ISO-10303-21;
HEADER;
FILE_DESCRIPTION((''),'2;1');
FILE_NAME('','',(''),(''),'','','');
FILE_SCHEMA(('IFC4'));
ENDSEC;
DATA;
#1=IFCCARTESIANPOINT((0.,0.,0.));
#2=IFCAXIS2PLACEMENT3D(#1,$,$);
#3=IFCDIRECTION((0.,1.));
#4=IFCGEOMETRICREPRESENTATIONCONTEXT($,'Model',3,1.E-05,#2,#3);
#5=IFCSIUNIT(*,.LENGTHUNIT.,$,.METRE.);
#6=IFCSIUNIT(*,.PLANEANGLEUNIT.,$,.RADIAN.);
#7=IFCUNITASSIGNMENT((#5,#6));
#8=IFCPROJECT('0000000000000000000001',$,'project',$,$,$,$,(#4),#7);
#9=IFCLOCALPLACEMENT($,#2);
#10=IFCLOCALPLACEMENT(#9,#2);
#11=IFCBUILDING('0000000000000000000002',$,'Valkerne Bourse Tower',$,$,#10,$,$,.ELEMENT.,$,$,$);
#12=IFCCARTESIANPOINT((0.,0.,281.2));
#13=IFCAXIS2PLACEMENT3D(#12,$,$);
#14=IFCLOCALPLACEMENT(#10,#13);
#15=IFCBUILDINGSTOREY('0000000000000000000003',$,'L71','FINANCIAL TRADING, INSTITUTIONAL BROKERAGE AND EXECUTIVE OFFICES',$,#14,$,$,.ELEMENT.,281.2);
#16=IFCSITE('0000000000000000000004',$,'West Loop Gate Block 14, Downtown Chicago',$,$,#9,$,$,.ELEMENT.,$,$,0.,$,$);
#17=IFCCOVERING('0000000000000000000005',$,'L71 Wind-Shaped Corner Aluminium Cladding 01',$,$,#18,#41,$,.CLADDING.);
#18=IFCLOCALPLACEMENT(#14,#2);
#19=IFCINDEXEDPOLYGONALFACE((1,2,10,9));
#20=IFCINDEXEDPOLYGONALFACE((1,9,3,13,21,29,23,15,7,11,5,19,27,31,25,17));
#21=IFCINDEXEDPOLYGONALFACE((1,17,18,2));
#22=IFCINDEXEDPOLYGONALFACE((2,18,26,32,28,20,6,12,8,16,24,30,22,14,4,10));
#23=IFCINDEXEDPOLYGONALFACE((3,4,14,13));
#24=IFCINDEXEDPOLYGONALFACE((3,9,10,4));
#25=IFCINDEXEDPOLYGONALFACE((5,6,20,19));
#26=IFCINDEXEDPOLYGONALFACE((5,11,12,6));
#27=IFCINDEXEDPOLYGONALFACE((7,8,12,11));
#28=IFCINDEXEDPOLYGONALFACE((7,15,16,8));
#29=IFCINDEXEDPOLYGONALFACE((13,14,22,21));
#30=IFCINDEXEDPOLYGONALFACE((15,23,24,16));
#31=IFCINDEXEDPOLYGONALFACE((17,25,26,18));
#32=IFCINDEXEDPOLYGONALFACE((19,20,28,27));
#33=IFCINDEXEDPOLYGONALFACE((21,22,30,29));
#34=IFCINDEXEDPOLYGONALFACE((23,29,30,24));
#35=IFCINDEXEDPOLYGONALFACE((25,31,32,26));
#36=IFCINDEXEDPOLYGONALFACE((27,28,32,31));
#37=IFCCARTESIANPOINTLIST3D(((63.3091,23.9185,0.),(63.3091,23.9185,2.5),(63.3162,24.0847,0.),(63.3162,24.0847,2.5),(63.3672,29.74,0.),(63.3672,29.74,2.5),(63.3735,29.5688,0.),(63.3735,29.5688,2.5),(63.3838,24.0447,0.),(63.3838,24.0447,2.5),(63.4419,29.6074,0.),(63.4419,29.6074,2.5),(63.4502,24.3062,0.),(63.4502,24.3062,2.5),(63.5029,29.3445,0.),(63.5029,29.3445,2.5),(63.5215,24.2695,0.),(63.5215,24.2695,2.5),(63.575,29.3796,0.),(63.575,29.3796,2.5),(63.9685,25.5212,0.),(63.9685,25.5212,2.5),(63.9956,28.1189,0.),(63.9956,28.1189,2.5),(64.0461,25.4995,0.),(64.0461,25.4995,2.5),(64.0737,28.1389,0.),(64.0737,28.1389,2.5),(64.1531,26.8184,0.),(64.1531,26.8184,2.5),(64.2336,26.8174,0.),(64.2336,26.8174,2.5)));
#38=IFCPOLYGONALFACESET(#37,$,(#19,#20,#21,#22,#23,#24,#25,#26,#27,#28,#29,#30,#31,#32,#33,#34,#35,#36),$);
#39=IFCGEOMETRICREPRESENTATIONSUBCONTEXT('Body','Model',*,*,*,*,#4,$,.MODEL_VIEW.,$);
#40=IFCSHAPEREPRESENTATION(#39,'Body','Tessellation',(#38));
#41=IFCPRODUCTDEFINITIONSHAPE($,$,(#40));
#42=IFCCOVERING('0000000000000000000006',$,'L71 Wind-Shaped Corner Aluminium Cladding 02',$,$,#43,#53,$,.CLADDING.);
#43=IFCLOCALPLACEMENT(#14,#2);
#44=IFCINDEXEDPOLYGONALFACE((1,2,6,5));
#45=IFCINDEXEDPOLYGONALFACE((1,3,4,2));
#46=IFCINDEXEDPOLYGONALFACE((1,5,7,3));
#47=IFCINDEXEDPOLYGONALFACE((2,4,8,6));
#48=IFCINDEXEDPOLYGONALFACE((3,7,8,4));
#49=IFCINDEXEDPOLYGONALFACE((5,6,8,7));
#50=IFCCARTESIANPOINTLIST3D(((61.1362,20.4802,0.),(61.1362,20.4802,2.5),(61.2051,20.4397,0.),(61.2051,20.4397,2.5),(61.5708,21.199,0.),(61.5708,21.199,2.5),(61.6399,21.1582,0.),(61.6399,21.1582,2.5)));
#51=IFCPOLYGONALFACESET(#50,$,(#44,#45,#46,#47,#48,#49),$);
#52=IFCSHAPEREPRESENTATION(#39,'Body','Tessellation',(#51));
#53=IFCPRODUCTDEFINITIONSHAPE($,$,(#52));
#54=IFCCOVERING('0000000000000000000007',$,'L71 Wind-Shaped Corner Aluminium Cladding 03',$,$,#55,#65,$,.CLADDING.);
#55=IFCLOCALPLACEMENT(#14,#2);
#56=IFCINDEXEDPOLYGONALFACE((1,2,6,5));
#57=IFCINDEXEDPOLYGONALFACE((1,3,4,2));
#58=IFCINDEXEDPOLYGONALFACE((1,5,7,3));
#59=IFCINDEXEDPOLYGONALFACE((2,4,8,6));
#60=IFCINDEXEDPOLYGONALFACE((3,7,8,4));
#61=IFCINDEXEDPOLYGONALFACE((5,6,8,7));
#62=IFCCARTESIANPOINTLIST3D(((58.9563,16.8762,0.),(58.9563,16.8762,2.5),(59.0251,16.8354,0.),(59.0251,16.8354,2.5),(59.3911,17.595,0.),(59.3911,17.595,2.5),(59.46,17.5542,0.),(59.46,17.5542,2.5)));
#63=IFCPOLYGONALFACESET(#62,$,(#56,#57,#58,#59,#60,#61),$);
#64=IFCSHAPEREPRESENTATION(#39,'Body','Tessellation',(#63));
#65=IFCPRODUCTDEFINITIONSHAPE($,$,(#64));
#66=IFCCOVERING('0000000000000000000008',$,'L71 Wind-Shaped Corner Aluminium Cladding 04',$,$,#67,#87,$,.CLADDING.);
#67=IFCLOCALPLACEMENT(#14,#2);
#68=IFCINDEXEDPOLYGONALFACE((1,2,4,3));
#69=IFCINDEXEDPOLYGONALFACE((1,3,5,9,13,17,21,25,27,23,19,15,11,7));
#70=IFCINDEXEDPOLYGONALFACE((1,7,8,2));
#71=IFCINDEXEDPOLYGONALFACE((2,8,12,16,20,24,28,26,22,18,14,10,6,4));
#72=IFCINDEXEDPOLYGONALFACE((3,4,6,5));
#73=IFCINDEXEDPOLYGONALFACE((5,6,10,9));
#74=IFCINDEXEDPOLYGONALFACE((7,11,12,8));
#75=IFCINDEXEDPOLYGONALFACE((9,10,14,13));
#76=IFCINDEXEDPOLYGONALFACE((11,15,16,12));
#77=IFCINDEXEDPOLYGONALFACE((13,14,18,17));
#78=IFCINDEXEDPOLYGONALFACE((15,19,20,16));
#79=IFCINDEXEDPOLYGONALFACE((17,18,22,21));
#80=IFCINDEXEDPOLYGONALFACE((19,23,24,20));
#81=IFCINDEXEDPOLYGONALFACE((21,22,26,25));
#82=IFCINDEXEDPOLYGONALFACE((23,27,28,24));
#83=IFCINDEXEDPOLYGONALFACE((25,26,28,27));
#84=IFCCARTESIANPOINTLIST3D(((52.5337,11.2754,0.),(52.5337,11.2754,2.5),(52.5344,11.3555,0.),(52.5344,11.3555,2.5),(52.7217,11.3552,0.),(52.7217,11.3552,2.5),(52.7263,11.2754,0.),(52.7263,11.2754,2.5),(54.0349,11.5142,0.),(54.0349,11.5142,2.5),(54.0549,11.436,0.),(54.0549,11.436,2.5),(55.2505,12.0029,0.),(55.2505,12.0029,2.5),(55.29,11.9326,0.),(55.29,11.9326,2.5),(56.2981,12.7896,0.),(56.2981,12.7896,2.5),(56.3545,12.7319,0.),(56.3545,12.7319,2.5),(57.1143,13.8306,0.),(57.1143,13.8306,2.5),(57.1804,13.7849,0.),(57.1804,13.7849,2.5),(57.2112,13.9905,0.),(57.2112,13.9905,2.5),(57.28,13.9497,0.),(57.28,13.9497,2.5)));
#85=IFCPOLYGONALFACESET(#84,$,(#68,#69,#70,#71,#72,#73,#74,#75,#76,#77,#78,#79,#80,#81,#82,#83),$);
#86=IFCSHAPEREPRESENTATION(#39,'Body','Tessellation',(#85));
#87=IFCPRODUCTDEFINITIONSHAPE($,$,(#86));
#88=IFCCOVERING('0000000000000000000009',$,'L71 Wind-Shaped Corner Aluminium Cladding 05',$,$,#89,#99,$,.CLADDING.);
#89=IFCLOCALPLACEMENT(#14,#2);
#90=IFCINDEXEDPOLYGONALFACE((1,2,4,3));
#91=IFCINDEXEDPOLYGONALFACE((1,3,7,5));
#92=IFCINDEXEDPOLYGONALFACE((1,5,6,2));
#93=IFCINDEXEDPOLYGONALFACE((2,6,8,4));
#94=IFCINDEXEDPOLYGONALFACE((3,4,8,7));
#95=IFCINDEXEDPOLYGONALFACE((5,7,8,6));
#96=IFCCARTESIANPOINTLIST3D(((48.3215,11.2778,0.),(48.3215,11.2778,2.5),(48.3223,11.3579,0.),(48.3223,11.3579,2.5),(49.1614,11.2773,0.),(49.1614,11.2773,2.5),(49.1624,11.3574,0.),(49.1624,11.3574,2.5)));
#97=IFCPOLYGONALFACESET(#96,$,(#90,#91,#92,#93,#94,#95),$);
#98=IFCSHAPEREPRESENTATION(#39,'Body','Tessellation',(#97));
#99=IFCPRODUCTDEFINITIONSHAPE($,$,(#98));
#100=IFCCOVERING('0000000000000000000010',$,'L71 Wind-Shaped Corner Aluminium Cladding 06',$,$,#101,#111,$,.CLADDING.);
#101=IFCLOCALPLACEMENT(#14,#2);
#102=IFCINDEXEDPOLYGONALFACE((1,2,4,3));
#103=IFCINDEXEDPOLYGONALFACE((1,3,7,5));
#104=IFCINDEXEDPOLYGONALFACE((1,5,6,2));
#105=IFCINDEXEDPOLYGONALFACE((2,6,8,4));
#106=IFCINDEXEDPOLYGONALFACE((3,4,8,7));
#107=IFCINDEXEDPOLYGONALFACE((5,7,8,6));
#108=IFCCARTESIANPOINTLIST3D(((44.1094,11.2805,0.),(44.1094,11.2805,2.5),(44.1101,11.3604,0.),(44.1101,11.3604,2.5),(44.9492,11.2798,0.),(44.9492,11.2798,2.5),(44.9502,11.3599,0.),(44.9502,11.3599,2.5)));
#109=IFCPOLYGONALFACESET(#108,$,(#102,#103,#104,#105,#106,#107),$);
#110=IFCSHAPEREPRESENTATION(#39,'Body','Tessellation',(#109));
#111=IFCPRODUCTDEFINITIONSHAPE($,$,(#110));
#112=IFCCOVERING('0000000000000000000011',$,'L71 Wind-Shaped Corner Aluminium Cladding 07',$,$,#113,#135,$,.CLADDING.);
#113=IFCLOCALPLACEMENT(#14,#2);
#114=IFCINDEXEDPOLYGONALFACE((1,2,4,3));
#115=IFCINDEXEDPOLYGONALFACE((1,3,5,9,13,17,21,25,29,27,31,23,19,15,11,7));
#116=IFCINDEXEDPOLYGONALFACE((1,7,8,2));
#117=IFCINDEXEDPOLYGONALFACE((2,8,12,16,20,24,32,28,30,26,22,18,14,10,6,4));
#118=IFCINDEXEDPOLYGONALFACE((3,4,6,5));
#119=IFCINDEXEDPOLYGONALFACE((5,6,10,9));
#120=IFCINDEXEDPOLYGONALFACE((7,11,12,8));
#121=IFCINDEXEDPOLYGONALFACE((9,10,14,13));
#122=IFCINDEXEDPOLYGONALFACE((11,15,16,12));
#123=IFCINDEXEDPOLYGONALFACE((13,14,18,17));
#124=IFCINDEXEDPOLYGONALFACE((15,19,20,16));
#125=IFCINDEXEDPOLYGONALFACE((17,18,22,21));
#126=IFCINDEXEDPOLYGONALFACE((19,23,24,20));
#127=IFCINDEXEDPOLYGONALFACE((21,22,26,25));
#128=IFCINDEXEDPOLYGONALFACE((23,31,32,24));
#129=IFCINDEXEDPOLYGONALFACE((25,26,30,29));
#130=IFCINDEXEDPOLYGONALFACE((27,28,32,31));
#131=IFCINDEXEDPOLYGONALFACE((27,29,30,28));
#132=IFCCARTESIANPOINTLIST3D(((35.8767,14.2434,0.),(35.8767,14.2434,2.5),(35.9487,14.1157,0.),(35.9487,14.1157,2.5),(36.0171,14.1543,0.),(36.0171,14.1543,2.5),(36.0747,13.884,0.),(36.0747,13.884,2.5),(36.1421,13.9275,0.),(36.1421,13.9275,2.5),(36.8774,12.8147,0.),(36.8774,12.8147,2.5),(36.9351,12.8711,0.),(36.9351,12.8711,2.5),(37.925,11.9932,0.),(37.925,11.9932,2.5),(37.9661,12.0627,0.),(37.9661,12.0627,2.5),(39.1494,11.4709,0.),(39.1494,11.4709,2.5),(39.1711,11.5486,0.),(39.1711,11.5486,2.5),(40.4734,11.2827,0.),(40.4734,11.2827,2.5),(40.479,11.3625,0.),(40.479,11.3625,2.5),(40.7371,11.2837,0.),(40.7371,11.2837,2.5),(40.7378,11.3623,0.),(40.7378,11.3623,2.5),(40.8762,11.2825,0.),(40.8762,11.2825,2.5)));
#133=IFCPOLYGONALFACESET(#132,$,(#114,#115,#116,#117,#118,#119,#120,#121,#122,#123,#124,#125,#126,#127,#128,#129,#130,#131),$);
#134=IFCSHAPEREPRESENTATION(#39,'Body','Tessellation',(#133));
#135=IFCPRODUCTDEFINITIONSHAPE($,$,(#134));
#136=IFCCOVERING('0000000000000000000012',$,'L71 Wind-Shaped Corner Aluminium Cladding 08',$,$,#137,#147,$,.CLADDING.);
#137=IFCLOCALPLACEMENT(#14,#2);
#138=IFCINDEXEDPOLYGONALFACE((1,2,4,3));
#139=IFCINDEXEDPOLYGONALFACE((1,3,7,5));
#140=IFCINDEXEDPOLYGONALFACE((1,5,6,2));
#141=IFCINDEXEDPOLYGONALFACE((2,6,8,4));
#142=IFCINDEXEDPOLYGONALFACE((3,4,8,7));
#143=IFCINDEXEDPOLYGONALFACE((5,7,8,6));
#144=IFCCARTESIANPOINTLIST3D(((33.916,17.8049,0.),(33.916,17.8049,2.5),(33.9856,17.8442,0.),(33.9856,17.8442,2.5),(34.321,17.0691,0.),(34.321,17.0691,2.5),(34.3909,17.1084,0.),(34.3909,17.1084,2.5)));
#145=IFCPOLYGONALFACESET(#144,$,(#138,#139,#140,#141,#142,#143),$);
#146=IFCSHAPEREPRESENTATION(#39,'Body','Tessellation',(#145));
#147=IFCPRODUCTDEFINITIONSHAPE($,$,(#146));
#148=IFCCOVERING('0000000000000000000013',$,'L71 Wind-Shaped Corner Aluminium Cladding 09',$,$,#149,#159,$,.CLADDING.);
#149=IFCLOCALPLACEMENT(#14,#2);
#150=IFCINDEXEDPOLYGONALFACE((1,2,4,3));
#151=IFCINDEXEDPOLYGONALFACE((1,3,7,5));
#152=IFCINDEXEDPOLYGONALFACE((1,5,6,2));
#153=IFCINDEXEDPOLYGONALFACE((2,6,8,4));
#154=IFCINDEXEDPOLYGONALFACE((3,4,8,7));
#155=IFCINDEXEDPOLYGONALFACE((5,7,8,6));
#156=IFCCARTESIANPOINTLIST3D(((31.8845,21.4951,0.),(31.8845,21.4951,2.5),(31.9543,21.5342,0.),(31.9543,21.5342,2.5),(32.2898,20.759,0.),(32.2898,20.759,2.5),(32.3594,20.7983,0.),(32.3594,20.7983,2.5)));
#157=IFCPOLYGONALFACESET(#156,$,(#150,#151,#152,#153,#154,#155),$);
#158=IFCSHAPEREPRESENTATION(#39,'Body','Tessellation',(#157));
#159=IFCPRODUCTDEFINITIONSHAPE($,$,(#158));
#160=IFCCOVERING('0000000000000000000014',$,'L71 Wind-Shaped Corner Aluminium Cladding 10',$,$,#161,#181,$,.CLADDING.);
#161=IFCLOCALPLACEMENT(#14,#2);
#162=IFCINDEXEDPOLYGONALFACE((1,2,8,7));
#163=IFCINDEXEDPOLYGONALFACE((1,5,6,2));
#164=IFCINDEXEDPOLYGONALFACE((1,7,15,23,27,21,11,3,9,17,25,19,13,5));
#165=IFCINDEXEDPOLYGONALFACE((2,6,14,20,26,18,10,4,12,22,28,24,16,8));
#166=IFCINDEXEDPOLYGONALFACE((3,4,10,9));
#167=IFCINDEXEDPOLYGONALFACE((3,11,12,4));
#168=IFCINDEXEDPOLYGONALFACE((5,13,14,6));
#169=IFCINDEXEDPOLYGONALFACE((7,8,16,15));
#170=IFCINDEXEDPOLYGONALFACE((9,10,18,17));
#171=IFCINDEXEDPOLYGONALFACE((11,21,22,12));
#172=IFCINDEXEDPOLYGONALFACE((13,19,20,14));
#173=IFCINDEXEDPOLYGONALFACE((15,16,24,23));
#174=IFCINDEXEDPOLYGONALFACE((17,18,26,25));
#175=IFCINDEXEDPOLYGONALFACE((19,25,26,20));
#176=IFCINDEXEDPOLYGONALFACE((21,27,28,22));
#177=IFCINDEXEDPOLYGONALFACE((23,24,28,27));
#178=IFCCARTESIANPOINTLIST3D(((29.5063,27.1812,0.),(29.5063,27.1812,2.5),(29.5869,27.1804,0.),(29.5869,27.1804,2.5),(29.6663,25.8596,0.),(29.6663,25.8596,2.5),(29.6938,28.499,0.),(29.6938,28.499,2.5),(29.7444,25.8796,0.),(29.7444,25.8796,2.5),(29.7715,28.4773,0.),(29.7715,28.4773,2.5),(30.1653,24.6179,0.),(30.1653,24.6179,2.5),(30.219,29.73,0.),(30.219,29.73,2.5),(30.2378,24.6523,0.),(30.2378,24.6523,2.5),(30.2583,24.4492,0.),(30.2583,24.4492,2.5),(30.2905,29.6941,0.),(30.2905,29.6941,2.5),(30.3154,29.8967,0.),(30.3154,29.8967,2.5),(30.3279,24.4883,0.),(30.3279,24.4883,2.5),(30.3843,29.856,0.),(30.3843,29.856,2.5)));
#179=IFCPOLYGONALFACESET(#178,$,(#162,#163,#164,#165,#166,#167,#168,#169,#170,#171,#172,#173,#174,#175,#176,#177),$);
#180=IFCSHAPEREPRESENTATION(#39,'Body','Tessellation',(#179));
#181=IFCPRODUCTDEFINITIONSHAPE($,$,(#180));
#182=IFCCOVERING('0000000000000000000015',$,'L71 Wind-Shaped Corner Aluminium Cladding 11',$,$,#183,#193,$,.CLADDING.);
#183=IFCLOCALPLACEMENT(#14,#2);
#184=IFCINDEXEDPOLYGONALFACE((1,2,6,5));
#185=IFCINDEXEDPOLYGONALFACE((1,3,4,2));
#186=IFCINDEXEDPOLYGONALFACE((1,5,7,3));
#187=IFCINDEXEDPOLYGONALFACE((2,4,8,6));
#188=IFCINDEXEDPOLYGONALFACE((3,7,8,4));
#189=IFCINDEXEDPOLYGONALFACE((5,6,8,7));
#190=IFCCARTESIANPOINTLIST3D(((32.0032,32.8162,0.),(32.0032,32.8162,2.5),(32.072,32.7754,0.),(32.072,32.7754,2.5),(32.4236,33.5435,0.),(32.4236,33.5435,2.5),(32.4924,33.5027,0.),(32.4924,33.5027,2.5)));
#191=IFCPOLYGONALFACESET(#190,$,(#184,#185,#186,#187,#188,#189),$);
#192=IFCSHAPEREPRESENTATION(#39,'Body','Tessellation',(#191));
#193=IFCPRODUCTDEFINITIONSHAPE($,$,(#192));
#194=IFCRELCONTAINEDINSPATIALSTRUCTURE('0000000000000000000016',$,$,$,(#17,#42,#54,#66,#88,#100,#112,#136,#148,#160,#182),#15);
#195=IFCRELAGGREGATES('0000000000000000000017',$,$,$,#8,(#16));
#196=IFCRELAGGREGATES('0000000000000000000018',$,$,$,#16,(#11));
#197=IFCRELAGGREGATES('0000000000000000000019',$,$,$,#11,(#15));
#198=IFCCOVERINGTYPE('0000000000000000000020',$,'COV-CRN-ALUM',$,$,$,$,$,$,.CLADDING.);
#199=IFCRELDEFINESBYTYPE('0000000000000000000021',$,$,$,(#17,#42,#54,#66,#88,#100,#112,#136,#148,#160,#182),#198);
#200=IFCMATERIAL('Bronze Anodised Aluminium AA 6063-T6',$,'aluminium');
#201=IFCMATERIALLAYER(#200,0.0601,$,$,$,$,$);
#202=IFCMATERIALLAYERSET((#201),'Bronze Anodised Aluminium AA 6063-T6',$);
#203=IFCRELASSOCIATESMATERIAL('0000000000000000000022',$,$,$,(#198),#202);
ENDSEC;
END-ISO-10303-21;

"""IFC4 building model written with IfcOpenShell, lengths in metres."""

from ifc_helpers import new_model, si_unit, direction, frame, origin, place, context, subcontext, project, spatial, polyline, outline, extrude, material, layer, layer_set, type_object, element, save


model = new_model("IFC4")

# Units and contexts
model_context = context("Model", 3, precision=1e-05, world=origin(), true_north=direction((0.0, 1.0)))
body_context = subcontext(model_context, "Body", "Model", "MODEL_VIEW")
ifc_project = project(units=[si_unit("LENGTHUNIT", "METRE"), si_unit("PLANEANGLEUNIT", "RADIAN")], contexts=[model_context])

# Site, building, storey
site_placement = place(None, origin())
site = spatial("IfcSite", under=ifc_project, at=site_placement, Name="West Loop Gate Block 14, Downtown Chicago", CompositionType="ELEMENT", RefElevation=0.0)
building_placement = place(site_placement, origin())
building = spatial("IfcBuilding", under=site, at=building_placement, Name="Valkerne Bourse Tower", CompositionType="ELEMENT")
storey_placement = place(building_placement, frame((0.0, 0.0, 281.2)))
storey = spatial("IfcBuildingStorey", under=building, at=storey_placement, Name="L71", Description="FINANCIAL TRADING, INSTITUTIONAL BROKERAGE AND EXECUTIVE OFFICES", CompositionType="ELEMENT", Elevation=281.2)

# Coverings
ifc_material_1 = material(Name="Bronze Anodised Aluminium AA 6063-T6", Category="aluminium")
ifc_layer_1 = layer(ifc_material_1, 0.0601)
ifc_layer_set_1 = layer_set([ifc_layer_1], Name="Bronze Anodised Aluminium AA 6063-T6")
covering_type = type_object("IfcCoveringType", Name="COV-CRN-ALUM", PredefinedType="CLADDING", material=ifc_layer_set_1)
covering_1_placement = place(storey_placement, origin())
element("IfcCovering", 1, at=covering_1_placement, inside=storey, type_object=covering_type, Name="L71 Wind-Shaped Corner Aluminium Cladding 01", PredefinedType="CLADDING", context=body_context, shape_type="SweptSolid", body=[
    extrude(outline(polyline([(64.0737, 28.1389), (64.2336, 26.8174), (64.0461, 25.4995), (63.5215, 24.2695), (63.3091, 23.9185), (63.3838, 24.0447), (63.3162, 24.0847), (63.4502, 24.3062), (63.9685, 25.5212), (64.1531, 26.8184), (63.9956, 28.1189), (63.5029, 29.3445), (63.3735, 29.5688), (63.4419, 29.6074), (63.3672, 29.74), (63.575, 29.3796), (64.0737, 28.1389)])), origin(), (0.0, 0.0, 1.0), 2.5),
])
covering_2_placement = place(storey_placement, origin())
element("IfcCovering", 2, at=covering_2_placement, inside=storey, type_object=covering_type, Name="L71 Wind-Shaped Corner Aluminium Cladding 02", PredefinedType="CLADDING", context=body_context, shape_type="SweptSolid", body=[
    extrude(outline(polyline([(61.2051, 20.4397), (61.1362, 20.4802), (61.5708, 21.199), (61.6399, 21.1582), (61.2051, 20.4397)])), origin(), (0.0, 0.0, 1.0), 2.5),
])
covering_3_placement = place(storey_placement, origin())
element("IfcCovering", 3, at=covering_3_placement, inside=storey, type_object=covering_type, Name="L71 Wind-Shaped Corner Aluminium Cladding 03", PredefinedType="CLADDING", context=body_context, shape_type="SweptSolid", body=[
    extrude(outline(polyline([(59.0251, 16.8354), (58.9563, 16.8762), (59.3911, 17.595), (59.46, 17.5542), (59.0251, 16.8354)])), origin(), (0.0, 0.0, 1.0), 2.5),
])
covering_4_placement = place(storey_placement, origin())
element("IfcCovering", 4, at=covering_4_placement, inside=storey, type_object=covering_type, Name="L71 Wind-Shaped Corner Aluminium Cladding 04", PredefinedType="CLADDING", context=body_context, shape_type="SweptSolid", body=[
    extrude(outline(polyline([(57.1804, 13.7849), (56.3545, 12.7319), (55.29, 11.9326), (54.0549, 11.436), (52.7263, 11.2754), (52.5337, 11.2754), (52.5344, 11.3555), (52.7217, 11.3552), (54.0349, 11.5142), (55.2505, 12.0029), (56.2981, 12.7896), (57.1143, 13.8306), (57.2112, 13.9905), (57.28, 13.9497), (57.1804, 13.7849)])), origin(), (0.0, 0.0, 1.0), 2.5),
])
covering_5_placement = place(storey_placement, origin())
element("IfcCovering", 5, at=covering_5_placement, inside=storey, type_object=covering_type, Name="L71 Wind-Shaped Corner Aluminium Cladding 05", PredefinedType="CLADDING", context=body_context, shape_type="SweptSolid", body=[
    extrude(outline(polyline([(48.3215, 11.2778), (48.3223, 11.3579), (49.1624, 11.3574), (49.1614, 11.2773), (48.3215, 11.2778)])), origin(), (0.0, 0.0, 1.0), 2.5),
])
covering_6_placement = place(storey_placement, origin())
element("IfcCovering", 6, at=covering_6_placement, inside=storey, type_object=covering_type, Name="L71 Wind-Shaped Corner Aluminium Cladding 06", PredefinedType="CLADDING", context=body_context, shape_type="SweptSolid", body=[
    extrude(outline(polyline([(44.1094, 11.2805), (44.1101, 11.3604), (44.9502, 11.3599), (44.9492, 11.2798), (44.1094, 11.2805)])), origin(), (0.0, 0.0, 1.0), 2.5),
])
covering_7_placement = place(storey_placement, origin())
element("IfcCovering", 7, at=covering_7_placement, inside=storey, type_object=covering_type, Name="L71 Wind-Shaped Corner Aluminium Cladding 07", PredefinedType="CLADDING", context=body_context, shape_type="SweptSolid", body=[
    extrude(outline(polyline([(40.4734, 11.2827), (39.1494, 11.4709), (37.925, 11.9932), (36.8774, 12.8147), (36.0747, 13.884), (35.8767, 14.2434), (35.9487, 14.1157), (36.0171, 14.1543), (36.1421, 13.9275), (36.9351, 12.8711), (37.9661, 12.0627), (39.1711, 11.5486), (40.479, 11.3625), (40.7378, 11.3623), (40.7371, 11.2837), (40.8762, 11.2825), (40.4734, 11.2827)])), origin(), (0.0, 0.0, 1.0), 2.5),
])
covering_8_placement = place(storey_placement, origin())
element("IfcCovering", 8, at=covering_8_placement, inside=storey, type_object=covering_type, Name="L71 Wind-Shaped Corner Aluminium Cladding 08", PredefinedType="CLADDING", context=body_context, shape_type="SweptSolid", body=[
    extrude(outline(polyline([(33.916, 17.8049), (33.9856, 17.8442), (34.3909, 17.1084), (34.321, 17.0691), (33.916, 17.8049)])), origin(), (0.0, 0.0, 1.0), 2.5),
])
covering_9_placement = place(storey_placement, origin())
element("IfcCovering", 9, at=covering_9_placement, inside=storey, type_object=covering_type, Name="L71 Wind-Shaped Corner Aluminium Cladding 09", PredefinedType="CLADDING", context=body_context, shape_type="SweptSolid", body=[
    extrude(outline(polyline([(31.8845, 21.4951), (31.9543, 21.5342), (32.3594, 20.7983), (32.2898, 20.759), (31.8845, 21.4951)])), origin(), (0.0, 0.0, 1.0), 2.5),
])
covering_10_placement = place(storey_placement, origin())
element("IfcCovering", 10, at=covering_10_placement, inside=storey, type_object=covering_type, Name="L71 Wind-Shaped Corner Aluminium Cladding 10", PredefinedType="CLADDING", context=body_context, shape_type="SweptSolid", body=[
    extrude(outline(polyline([(30.1653, 24.6179), (29.6663, 25.8596), (29.5063, 27.1812), (29.6938, 28.499), (30.219, 29.73), (30.3154, 29.8967), (30.3843, 29.856), (30.2905, 29.6941), (29.7715, 28.4773), (29.5869, 27.1804), (29.7444, 25.8796), (30.2378, 24.6523), (30.3279, 24.4883), (30.2583, 24.4492), (30.1653, 24.6179)])), origin(), (0.0, 0.0, 1.0), 2.5),
])
covering_11_placement = place(storey_placement, origin())
element("IfcCovering", 11, at=covering_11_placement, inside=storey, type_object=covering_type, Name="L71 Wind-Shaped Corner Aluminium Cladding 11", PredefinedType="CLADDING", context=body_context, shape_type="SweptSolid", body=[
    extrude(outline(polyline([(32.4236, 33.5435), (32.4924, 33.5027), (32.072, 32.7754), (32.0032, 32.8162), (32.4236, 33.5435)])), origin(), (0.0, 0.0, 1.0), 2.5),
])

save(model, "model.ifc")
